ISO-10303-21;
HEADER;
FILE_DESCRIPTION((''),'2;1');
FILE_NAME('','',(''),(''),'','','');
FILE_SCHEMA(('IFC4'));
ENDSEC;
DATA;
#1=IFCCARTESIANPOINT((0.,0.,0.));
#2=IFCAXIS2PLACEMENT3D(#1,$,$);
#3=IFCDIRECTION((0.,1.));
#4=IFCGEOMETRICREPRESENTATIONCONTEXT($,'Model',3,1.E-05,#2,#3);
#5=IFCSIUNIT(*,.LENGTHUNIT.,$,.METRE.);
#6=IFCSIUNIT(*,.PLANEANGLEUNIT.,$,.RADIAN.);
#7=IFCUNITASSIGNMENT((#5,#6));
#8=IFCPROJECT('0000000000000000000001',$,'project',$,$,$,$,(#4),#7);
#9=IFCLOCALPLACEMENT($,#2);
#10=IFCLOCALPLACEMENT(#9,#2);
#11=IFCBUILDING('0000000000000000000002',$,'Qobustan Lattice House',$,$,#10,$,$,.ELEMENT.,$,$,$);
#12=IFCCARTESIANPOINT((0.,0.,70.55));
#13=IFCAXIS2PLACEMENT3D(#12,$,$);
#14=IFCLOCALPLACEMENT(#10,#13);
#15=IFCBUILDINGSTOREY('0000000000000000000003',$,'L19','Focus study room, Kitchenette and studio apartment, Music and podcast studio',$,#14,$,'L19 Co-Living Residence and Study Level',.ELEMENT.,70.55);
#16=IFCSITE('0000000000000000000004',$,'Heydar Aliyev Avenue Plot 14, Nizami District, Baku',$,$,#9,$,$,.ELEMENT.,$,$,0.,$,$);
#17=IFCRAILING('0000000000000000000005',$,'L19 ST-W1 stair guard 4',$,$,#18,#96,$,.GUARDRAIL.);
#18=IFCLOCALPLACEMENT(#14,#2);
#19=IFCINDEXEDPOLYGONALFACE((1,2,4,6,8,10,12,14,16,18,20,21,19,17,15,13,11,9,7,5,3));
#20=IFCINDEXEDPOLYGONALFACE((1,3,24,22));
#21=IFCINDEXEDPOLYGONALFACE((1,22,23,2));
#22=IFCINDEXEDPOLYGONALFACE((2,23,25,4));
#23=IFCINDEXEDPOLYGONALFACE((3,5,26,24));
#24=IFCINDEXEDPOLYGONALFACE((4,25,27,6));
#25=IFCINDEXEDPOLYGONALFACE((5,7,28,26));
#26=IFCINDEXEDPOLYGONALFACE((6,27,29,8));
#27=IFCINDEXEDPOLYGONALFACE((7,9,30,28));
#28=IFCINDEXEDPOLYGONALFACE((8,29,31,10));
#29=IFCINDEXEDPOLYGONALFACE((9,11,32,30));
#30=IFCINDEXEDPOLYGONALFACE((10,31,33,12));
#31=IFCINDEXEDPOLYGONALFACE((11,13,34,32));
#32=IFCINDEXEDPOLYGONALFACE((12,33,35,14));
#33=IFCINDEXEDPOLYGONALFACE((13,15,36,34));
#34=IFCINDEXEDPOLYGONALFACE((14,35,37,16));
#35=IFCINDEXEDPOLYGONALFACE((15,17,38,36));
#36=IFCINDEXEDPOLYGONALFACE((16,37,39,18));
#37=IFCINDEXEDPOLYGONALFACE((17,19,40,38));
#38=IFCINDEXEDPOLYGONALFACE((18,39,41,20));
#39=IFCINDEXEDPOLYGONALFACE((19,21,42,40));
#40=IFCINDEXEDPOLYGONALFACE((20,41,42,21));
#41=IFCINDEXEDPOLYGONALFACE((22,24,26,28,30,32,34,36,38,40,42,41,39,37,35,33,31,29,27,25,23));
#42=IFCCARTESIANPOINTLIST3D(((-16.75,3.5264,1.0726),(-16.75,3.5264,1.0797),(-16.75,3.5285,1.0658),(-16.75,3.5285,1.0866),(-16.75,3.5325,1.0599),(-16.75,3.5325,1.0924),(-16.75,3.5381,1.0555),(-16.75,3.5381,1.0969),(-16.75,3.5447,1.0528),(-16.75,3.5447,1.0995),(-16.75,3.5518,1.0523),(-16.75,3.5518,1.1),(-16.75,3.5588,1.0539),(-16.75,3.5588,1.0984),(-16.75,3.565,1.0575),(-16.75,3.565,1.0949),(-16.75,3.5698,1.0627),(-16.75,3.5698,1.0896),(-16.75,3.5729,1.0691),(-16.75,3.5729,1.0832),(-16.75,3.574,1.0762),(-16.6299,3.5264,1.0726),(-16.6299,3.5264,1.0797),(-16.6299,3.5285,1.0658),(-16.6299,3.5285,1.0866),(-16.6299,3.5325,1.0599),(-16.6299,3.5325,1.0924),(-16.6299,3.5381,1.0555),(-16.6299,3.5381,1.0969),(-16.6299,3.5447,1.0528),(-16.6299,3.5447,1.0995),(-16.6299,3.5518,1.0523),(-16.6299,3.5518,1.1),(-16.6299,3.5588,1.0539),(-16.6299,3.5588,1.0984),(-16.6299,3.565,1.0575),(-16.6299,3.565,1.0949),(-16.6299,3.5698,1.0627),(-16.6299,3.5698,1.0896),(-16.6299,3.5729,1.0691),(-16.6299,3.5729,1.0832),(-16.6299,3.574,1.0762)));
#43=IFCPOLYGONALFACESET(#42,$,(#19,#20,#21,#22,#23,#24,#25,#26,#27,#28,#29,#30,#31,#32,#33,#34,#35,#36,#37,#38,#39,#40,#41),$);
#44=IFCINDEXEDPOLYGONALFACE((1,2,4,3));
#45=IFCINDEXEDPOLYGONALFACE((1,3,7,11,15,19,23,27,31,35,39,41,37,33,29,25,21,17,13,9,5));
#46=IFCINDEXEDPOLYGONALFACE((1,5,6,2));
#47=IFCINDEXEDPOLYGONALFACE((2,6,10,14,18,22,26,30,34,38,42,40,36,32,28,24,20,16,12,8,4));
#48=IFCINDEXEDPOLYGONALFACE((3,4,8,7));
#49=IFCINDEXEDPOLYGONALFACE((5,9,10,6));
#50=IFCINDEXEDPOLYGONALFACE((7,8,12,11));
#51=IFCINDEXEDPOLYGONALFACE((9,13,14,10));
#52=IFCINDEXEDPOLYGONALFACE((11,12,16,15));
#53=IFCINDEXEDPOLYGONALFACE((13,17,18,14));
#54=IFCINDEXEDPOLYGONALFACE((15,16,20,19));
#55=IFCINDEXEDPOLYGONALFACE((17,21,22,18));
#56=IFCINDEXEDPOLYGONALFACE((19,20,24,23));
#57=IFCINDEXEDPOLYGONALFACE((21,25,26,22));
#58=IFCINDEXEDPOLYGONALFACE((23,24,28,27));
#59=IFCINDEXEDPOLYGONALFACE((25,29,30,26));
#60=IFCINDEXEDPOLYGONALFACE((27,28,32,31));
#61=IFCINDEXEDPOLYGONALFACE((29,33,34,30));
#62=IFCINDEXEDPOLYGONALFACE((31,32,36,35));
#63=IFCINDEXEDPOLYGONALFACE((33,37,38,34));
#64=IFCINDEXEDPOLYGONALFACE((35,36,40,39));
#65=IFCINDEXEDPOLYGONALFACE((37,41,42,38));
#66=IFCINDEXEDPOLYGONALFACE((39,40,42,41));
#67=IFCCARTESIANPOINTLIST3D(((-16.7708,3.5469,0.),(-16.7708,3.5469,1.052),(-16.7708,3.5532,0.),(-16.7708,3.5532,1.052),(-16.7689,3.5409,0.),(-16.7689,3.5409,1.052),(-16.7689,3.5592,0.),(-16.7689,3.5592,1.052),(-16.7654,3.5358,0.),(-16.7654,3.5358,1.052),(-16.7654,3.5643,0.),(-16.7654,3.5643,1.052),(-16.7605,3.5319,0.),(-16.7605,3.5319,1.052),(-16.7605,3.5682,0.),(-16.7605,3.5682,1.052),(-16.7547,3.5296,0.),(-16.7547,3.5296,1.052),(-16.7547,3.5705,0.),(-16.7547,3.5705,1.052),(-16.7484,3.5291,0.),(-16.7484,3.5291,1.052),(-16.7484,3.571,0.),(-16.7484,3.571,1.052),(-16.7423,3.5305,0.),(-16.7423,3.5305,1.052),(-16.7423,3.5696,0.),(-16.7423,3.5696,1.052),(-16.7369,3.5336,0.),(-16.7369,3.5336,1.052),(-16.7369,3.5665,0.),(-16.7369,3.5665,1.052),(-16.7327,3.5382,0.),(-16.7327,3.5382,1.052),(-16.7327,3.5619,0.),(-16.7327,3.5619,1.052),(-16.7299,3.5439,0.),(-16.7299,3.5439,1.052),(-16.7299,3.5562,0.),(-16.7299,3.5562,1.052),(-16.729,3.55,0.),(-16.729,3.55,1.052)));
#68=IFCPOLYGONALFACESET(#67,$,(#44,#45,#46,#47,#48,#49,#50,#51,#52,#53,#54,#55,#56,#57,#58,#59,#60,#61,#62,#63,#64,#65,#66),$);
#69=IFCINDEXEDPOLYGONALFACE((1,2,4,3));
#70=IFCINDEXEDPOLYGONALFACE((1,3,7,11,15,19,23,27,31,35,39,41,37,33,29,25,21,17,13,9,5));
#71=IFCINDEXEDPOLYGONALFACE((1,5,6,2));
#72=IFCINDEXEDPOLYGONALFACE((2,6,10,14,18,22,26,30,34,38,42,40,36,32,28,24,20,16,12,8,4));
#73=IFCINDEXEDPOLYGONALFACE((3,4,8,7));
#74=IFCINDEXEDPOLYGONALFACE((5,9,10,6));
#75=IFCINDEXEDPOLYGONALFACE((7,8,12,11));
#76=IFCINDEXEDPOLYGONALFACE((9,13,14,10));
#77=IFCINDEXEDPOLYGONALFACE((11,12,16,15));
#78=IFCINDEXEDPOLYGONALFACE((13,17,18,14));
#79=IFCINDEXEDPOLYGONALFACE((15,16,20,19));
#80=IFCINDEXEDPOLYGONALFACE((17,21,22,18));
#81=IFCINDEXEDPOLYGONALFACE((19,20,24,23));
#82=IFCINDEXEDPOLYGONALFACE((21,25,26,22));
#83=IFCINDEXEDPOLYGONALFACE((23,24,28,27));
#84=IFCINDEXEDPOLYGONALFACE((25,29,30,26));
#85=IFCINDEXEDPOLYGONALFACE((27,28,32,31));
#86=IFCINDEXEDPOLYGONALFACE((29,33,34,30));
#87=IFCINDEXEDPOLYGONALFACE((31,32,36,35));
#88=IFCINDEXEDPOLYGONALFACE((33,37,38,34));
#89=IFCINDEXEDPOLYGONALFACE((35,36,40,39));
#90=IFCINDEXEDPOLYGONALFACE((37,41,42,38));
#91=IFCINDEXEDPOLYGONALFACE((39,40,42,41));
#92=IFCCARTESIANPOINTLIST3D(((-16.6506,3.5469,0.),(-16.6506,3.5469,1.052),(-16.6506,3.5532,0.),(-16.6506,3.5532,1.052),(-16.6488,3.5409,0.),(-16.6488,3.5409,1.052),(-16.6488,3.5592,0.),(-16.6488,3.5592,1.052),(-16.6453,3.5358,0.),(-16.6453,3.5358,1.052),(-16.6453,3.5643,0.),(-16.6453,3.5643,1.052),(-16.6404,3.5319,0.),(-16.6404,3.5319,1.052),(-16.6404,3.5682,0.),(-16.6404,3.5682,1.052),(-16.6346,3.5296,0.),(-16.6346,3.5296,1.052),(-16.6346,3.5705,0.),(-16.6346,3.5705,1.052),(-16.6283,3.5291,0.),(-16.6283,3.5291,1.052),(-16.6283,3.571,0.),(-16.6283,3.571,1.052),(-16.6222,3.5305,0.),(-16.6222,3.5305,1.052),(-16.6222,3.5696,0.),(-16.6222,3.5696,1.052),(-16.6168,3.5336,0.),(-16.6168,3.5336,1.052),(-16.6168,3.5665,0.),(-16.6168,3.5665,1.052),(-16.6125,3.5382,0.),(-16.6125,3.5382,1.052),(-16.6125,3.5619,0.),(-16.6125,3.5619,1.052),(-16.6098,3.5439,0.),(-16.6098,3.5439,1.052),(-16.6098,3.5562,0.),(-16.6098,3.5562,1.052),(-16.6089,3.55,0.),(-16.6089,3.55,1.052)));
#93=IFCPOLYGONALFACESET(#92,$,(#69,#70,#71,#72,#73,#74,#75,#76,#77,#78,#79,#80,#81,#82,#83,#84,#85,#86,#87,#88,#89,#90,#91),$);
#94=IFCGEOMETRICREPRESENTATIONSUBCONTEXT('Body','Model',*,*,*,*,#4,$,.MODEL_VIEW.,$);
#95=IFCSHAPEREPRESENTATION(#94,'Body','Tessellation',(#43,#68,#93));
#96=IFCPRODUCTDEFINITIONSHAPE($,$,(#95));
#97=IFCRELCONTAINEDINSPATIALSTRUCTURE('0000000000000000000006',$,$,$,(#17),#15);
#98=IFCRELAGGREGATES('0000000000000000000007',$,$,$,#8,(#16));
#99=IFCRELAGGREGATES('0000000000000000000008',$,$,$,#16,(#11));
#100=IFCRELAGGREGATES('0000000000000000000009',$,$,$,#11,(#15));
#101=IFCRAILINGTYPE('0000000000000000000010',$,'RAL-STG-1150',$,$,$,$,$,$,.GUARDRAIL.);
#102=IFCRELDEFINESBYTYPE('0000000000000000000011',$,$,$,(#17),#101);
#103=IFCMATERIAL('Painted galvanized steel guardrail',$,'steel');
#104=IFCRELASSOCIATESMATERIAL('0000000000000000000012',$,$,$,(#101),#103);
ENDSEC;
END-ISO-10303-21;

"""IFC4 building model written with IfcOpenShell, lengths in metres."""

from ifc_helpers import new_model, si_unit, direction, frame, origin, origin_2d, place, context, subcontext, project, spatial, circle, extrude, material, type_object, element, save


model = new_model("IFC4")

# Units and contexts
model_context = context("Model", 3, precision=1e-05, world=origin(), true_north=direction((0.0, 1.0)))
body_context = subcontext(model_context, "Body", "Model", "MODEL_VIEW")
ifc_project = project(units=[si_unit("LENGTHUNIT", "METRE"), si_unit("PLANEANGLEUNIT", "RADIAN")], contexts=[model_context])

# Site, building, storey
site_placement = place(None, origin())
site = spatial("IfcSite", under=ifc_project, at=site_placement, Name="Heydar Aliyev Avenue Plot 14, Nizami District, Baku", CompositionType="ELEMENT", RefElevation=0.0)
building_placement = place(site_placement, origin())
building = spatial("IfcBuilding", under=site, at=building_placement, Name="Qobustan Lattice House", CompositionType="ELEMENT")
storey_placement = place(building_placement, frame((0.0, 0.0, 70.55)))
storey = spatial("IfcBuildingStorey", under=building, at=storey_placement, Name="L19", Description="Focus study room, Kitchenette and studio apartment, Music and podcast studio", LongName="L19 Co-Living Residence and Study Level", CompositionType="ELEMENT", Elevation=70.55)

# Railing
ifc_material_1 = material(Name="Painted galvanized steel guardrail", Category="steel")
railing_type_1 = type_object("IfcRailingType", Name="RAL-STG-1150", PredefinedType="GUARDRAIL", material=ifc_material_1)
railing_1_placement = place(storey_placement, frame((-16.75, 3.55, 0.0)))
element("IfcRailing", 1, at=railing_1_placement, inside=storey, type_object=railing_type_1, Name="L19 ST-W1 stair guard 4", PredefinedType="GUARDRAIL", context=body_context, shape_type="SweptSolid", body=[
    extrude(circle(Radius=0.0239, at=origin_2d()), frame((0.0, 0.0, 1.0762), z_axis=(1.0, 0.0, 0.0), x_axis=(0.0, 1.0, 0.0)), (0.0, 0.0, 1.0), 0.1201),
    extrude(circle(Radius=0.021, at=origin_2d()), origin(), (0.0, 0.0, 1.0), 1.052),
    extrude(circle(Radius=0.021, at=origin_2d()), frame((0.1201, 0.0, 0.0)), (0.0, 0.0, 1.0), 1.052),
])

save(model, "model.ifc")
